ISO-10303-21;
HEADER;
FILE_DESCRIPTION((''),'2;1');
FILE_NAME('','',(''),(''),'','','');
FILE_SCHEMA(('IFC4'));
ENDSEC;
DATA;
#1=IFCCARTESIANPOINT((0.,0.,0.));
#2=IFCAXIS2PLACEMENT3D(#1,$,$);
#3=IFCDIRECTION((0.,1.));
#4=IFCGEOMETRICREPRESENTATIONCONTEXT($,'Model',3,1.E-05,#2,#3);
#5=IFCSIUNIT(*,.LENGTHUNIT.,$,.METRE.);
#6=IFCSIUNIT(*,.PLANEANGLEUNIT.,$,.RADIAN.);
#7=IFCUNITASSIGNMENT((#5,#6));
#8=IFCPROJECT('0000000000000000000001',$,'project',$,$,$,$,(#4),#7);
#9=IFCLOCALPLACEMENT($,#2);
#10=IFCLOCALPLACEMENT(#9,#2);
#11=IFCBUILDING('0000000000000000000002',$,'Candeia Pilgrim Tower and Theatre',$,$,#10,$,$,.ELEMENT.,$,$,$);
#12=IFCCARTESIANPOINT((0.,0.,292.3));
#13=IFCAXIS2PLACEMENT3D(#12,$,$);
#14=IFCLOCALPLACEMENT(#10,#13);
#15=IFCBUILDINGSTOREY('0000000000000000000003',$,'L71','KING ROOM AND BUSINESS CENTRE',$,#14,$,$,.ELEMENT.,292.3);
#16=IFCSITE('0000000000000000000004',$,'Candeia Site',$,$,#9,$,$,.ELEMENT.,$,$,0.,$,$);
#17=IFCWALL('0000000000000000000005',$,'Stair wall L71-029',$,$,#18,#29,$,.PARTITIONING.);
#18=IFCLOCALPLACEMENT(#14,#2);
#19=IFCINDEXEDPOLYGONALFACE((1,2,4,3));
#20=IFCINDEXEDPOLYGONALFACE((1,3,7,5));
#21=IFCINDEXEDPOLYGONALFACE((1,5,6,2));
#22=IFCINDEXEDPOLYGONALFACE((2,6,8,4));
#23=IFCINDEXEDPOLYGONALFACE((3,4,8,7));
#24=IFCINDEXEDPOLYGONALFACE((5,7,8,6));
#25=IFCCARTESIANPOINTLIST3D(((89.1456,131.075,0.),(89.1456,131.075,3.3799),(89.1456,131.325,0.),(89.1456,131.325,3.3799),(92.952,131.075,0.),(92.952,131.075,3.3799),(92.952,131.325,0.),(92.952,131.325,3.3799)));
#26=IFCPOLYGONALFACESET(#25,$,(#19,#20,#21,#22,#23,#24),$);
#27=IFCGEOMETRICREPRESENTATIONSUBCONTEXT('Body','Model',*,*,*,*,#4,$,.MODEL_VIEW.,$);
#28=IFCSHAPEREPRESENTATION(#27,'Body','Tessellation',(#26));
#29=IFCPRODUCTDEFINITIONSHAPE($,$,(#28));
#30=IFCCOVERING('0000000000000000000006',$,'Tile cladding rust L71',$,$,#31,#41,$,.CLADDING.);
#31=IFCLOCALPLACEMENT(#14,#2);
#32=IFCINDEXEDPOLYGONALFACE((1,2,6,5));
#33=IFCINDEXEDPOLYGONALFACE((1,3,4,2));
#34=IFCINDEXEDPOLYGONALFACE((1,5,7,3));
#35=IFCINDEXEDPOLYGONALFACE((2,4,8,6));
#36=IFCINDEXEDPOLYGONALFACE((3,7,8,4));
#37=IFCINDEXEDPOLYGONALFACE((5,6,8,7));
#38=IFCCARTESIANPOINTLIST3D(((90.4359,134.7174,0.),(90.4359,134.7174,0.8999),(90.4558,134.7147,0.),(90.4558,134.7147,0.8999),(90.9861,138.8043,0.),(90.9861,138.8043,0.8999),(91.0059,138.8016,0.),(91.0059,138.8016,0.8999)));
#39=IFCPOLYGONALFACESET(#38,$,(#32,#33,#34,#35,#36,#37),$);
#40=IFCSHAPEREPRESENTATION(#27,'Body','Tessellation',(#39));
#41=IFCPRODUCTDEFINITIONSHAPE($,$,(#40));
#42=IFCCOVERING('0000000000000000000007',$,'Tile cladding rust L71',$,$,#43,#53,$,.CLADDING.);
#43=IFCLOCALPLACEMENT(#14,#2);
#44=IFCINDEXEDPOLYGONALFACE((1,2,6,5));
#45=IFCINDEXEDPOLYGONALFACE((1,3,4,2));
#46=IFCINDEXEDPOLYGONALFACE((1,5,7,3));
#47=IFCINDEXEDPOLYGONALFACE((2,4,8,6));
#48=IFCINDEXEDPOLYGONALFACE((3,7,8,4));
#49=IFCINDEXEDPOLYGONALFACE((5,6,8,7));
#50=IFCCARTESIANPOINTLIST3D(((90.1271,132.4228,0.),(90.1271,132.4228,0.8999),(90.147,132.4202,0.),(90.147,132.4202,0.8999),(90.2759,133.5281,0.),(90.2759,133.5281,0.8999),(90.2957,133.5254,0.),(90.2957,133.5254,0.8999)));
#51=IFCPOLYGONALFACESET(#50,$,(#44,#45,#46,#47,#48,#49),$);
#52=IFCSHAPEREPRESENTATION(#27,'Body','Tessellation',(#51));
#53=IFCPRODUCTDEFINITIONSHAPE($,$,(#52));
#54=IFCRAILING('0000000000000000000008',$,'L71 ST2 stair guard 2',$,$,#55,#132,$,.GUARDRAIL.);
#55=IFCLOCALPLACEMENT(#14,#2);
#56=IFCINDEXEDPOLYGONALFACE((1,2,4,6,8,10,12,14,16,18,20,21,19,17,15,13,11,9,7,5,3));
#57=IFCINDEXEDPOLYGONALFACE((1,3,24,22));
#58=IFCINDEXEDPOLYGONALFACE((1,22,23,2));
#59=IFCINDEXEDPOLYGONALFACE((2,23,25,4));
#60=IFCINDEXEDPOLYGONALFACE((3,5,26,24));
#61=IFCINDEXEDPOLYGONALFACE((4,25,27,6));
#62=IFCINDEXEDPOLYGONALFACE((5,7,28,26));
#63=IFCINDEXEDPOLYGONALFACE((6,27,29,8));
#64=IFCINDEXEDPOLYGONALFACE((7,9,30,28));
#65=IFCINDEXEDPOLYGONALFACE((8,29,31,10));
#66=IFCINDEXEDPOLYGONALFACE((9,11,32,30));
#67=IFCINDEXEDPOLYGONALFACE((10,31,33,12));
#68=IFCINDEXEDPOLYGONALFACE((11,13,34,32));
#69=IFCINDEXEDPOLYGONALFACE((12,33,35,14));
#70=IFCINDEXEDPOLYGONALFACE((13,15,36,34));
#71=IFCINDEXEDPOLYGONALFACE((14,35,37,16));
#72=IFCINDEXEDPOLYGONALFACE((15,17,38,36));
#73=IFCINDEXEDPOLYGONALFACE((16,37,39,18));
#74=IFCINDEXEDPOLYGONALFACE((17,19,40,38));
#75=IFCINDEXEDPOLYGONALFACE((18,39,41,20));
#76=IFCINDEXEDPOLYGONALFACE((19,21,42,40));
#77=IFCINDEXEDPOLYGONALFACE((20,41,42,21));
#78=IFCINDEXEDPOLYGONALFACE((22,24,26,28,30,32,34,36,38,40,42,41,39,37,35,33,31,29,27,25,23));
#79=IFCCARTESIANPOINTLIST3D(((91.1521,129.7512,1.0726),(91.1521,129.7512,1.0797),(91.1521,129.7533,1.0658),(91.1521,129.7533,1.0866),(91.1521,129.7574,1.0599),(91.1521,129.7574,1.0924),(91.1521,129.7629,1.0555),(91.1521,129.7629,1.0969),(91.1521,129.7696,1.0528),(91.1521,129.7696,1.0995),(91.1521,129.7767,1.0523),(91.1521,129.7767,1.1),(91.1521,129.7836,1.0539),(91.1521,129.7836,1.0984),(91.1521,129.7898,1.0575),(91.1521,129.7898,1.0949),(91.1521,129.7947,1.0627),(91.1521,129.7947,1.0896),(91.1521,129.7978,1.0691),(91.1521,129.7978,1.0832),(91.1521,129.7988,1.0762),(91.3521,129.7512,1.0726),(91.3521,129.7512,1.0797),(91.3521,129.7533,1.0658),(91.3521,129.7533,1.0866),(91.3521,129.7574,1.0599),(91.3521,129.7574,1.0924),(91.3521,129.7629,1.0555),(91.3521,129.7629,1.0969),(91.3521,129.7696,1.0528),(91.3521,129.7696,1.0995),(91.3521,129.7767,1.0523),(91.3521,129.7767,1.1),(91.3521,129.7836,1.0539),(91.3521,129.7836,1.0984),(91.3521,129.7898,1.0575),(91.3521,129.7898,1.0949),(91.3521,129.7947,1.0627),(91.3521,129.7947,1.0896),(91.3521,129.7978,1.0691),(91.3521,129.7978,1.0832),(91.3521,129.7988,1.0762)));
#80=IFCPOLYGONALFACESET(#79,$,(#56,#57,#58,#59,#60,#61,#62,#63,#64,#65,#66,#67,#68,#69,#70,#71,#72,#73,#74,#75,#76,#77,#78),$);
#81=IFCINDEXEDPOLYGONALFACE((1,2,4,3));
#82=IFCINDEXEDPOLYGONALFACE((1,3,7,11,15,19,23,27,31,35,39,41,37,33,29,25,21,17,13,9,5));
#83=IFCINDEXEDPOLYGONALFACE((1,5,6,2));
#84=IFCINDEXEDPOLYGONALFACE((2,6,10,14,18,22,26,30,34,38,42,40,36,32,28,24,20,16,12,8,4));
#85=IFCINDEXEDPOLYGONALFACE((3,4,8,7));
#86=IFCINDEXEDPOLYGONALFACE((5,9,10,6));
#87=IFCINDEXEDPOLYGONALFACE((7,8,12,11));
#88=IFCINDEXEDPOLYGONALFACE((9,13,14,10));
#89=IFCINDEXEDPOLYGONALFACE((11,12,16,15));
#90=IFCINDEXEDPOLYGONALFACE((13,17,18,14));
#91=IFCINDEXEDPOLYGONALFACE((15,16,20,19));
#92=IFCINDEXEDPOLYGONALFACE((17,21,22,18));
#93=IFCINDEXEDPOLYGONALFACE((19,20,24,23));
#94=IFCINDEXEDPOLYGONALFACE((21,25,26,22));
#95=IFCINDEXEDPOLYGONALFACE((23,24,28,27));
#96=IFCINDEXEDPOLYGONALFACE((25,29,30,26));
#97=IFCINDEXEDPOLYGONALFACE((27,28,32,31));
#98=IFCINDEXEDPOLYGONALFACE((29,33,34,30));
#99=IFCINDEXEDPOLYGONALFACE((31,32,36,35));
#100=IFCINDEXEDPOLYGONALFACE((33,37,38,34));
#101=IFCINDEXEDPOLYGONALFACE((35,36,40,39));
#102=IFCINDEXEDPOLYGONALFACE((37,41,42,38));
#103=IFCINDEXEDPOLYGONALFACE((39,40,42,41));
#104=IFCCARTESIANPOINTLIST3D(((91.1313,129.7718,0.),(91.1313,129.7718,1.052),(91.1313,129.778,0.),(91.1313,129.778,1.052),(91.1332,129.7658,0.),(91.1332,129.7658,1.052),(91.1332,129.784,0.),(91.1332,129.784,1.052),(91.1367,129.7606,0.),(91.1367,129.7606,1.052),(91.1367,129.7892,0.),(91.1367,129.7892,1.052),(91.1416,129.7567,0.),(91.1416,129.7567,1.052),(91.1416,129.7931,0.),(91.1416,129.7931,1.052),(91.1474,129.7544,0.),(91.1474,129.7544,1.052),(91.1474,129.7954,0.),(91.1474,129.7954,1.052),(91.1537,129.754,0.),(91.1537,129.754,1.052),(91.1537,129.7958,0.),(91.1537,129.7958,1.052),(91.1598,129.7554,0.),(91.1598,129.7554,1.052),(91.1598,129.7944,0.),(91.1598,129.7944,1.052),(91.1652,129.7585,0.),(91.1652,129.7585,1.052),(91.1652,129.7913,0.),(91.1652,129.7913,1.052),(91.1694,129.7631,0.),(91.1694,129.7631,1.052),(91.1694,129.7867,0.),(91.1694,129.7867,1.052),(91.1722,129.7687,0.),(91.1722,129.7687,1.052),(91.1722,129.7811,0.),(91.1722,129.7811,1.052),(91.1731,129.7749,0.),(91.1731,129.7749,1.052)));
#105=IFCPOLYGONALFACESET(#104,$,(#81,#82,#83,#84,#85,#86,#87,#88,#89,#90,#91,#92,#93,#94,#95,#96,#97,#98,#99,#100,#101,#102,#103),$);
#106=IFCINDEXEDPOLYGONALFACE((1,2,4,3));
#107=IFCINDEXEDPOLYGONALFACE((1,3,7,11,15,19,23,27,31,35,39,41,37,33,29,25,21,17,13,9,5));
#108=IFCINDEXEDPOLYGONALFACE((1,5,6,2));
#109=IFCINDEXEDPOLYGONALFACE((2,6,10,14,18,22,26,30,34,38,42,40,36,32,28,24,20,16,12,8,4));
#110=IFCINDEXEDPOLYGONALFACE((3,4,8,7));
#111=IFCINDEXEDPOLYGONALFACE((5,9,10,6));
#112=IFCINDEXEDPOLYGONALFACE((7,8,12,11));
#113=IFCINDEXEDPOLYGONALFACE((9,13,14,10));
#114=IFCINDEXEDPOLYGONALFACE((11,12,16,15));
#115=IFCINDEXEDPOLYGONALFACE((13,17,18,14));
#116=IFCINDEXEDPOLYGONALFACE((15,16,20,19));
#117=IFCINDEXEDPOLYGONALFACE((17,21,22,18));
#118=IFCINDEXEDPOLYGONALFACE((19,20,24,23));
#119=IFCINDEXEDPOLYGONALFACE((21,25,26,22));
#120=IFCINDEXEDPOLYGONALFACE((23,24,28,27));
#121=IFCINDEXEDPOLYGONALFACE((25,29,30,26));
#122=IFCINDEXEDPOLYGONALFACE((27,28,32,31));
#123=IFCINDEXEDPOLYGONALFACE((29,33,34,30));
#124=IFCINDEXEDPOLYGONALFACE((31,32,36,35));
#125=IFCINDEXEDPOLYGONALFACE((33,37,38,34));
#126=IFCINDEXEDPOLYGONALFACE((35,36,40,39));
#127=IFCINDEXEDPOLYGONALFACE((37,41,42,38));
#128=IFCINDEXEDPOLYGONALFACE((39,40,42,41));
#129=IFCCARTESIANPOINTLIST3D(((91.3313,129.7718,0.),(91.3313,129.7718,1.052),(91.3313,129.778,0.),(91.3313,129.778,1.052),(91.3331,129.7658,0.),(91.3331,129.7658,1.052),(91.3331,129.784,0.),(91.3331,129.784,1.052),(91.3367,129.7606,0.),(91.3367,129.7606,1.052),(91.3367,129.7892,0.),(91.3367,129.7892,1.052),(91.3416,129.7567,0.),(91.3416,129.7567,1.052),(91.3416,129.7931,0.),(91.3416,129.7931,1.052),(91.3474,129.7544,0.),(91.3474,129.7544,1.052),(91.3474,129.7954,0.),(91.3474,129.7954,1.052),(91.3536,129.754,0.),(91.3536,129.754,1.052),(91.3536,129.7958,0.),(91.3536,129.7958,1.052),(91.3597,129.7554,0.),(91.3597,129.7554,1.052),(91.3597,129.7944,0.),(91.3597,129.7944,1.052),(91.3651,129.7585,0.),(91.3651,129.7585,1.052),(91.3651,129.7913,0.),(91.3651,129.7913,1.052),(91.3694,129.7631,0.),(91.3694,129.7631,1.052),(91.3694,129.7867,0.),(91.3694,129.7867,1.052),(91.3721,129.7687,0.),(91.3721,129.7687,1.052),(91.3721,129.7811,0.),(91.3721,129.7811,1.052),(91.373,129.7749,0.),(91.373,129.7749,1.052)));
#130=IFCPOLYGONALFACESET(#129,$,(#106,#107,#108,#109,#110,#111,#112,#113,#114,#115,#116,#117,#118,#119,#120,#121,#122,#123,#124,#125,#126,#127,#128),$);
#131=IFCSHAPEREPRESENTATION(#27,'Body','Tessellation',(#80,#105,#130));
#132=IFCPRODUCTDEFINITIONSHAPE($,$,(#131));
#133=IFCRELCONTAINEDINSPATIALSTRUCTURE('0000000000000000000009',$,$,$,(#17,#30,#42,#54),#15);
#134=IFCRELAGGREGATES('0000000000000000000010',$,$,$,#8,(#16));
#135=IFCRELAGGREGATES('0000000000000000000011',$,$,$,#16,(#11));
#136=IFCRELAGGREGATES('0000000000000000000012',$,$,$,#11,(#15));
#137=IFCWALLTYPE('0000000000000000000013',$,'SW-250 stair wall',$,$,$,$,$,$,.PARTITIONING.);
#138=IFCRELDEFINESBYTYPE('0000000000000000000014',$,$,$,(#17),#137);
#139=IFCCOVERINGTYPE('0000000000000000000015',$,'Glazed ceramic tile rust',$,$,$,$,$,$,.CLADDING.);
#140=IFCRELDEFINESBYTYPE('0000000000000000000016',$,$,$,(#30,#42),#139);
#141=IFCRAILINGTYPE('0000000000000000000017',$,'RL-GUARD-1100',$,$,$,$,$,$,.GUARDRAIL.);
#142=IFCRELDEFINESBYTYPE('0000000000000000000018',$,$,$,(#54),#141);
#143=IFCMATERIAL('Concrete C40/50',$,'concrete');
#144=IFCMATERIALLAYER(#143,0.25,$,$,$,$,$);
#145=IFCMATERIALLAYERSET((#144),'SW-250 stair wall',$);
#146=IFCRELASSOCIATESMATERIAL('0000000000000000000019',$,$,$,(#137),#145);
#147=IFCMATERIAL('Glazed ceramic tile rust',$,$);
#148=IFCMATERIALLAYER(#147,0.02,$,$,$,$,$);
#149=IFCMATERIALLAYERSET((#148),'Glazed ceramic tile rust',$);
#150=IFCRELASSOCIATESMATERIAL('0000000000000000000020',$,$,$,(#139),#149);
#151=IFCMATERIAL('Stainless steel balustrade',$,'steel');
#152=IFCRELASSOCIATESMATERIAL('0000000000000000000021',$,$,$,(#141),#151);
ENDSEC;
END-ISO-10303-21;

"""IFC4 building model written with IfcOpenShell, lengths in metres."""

from ifc_helpers import new_model, si_unit, direction, frame, frame_2d, origin, origin_2d, place, context, subcontext, project, spatial, rectangle, circle, extrude, material, layer, layer_set, type_object, element, save


model = new_model("IFC4")

# Units and contexts
model_context = context("Model", 3, precision=1e-05, world=origin(), true_north=direction((0.0, 1.0)))
body_context = subcontext(model_context, "Body", "Model", "MODEL_VIEW")
ifc_project = project(units=[si_unit("LENGTHUNIT", "METRE"), si_unit("PLANEANGLEUNIT", "RADIAN")], contexts=[model_context])

# Site, building, storey
site_placement = place(None, origin())
site = spatial("IfcSite", under=ifc_project, at=site_placement, Name="Candeia Site", CompositionType="ELEMENT", RefElevation=0.0)
building_placement = place(site_placement, origin())
building = spatial("IfcBuilding", under=site, at=building_placement, Name="Candeia Pilgrim Tower and Theatre", CompositionType="ELEMENT")
storey_placement = place(building_placement, frame((0.0, 0.0, 292.3)))
storey = spatial("IfcBuildingStorey", under=building, at=storey_placement, Name="L71", Description="KING ROOM AND BUSINESS CENTRE", CompositionType="ELEMENT", Elevation=292.3)

# Shared definitions
ifc_material_1 = material(Name="Concrete C40/50", Category="concrete")

# Wall
ifc_layer_1 = layer(ifc_material_1, 0.25)
ifc_layer_set_1 = layer_set([ifc_layer_1], Name="SW-250 stair wall")
wall_type_1 = type_object("IfcWallType", Name="SW-250 stair wall", PredefinedType="PARTITIONING", material=ifc_layer_set_1)
wall_1_placement = place(storey_placement, frame((89.1455, 131.2, 0.0), z_axis=(0.0, 0.0, 1.0), x_axis=(1.0, 0.0, 0.0)))
element("IfcWall", 1, at=wall_1_placement, inside=storey, type_object=wall_type_1, Name="Stair wall L71-029", PredefinedType="PARTITIONING", context=body_context, shape_type="SweptSolid", body=[
    extrude(rectangle(XDim=3.8064, YDim=0.25, at=frame_2d((1.9033, 0.0))), origin(), (0.0, 0.0, 1.0), 3.3799),
])

# Shared definitions
ifc_material_2 = material(Name="Stainless steel balustrade", Category="steel")

# Coverings
ifc_material_3 = material(Name="Glazed ceramic tile rust")
ifc_layer_2 = layer(ifc_material_3, 0.02)
ifc_layer_set_2 = layer_set([ifc_layer_2], Name="Glazed ceramic tile rust")
covering_type = type_object("IfcCoveringType", Name="Glazed ceramic tile rust", PredefinedType="CLADDING", material=ifc_layer_set_2)
covering_1_placement = place(storey_placement, frame((90.7209, 136.7595, 0.0), z_axis=(0.0, 0.0, 1.0), x_axis=(-0.133412, -0.991061, 0.0)))
element("IfcCovering", 2, at=covering_1_placement, inside=storey, type_object=covering_type, Name="Tile cladding rust L71", PredefinedType="CLADDING", context=body_context, shape_type="SweptSolid", body=[
    extrude(rectangle(XDim=4.1238, YDim=0.02, at=origin_2d()), origin(), (0.0, 0.0, 1.0), 0.8999),
])
covering_2_placement = place(storey_placement, frame((90.2114, 132.9741, 0.0), z_axis=(0.0, 0.0, 1.0), x_axis=(-0.133412, -0.991061, 0.0)))
element("IfcCovering", 3, at=covering_2_placement, inside=storey, type_object=covering_type, Name="Tile cladding rust L71", PredefinedType="CLADDING", context=body_context, shape_type="SweptSolid", body=[
    extrude(rectangle(XDim=1.1152, YDim=0.02, at=origin_2d()), origin(), (0.0, 0.0, 1.0), 0.8999),
])

# Railing
railing_type_1 = type_object("IfcRailingType", Name="RL-GUARD-1100", PredefinedType="GUARDRAIL", material=ifc_material_2)
railing_1_placement = place(storey_placement, frame((91.1521, 129.7749, 0.0)))
element("IfcRailing", 4, at=railing_1_placement, inside=storey, type_object=railing_type_1, Name="L71 ST2 stair guard 2", PredefinedType="GUARDRAIL", context=body_context, shape_type="SweptSolid", body=[
    extrude(circle(Radius=0.0239, at=origin_2d()), frame((0.0, 0.0, 1.0762), z_axis=(1.0, 0.0, 0.0), x_axis=(0.0, 1.0, 0.0)), (0.0, 0.0, 1.0), 0.2),
    extrude(circle(Radius=0.021, at=origin_2d()), origin(), (0.0, 0.0, 1.0), 1.052),
    extrude(circle(Radius=0.021, at=origin_2d()), frame((0.2, 0.0, 0.0)), (0.0, 0.0, 1.0), 1.052),
])

save(model, "model.ifc")
